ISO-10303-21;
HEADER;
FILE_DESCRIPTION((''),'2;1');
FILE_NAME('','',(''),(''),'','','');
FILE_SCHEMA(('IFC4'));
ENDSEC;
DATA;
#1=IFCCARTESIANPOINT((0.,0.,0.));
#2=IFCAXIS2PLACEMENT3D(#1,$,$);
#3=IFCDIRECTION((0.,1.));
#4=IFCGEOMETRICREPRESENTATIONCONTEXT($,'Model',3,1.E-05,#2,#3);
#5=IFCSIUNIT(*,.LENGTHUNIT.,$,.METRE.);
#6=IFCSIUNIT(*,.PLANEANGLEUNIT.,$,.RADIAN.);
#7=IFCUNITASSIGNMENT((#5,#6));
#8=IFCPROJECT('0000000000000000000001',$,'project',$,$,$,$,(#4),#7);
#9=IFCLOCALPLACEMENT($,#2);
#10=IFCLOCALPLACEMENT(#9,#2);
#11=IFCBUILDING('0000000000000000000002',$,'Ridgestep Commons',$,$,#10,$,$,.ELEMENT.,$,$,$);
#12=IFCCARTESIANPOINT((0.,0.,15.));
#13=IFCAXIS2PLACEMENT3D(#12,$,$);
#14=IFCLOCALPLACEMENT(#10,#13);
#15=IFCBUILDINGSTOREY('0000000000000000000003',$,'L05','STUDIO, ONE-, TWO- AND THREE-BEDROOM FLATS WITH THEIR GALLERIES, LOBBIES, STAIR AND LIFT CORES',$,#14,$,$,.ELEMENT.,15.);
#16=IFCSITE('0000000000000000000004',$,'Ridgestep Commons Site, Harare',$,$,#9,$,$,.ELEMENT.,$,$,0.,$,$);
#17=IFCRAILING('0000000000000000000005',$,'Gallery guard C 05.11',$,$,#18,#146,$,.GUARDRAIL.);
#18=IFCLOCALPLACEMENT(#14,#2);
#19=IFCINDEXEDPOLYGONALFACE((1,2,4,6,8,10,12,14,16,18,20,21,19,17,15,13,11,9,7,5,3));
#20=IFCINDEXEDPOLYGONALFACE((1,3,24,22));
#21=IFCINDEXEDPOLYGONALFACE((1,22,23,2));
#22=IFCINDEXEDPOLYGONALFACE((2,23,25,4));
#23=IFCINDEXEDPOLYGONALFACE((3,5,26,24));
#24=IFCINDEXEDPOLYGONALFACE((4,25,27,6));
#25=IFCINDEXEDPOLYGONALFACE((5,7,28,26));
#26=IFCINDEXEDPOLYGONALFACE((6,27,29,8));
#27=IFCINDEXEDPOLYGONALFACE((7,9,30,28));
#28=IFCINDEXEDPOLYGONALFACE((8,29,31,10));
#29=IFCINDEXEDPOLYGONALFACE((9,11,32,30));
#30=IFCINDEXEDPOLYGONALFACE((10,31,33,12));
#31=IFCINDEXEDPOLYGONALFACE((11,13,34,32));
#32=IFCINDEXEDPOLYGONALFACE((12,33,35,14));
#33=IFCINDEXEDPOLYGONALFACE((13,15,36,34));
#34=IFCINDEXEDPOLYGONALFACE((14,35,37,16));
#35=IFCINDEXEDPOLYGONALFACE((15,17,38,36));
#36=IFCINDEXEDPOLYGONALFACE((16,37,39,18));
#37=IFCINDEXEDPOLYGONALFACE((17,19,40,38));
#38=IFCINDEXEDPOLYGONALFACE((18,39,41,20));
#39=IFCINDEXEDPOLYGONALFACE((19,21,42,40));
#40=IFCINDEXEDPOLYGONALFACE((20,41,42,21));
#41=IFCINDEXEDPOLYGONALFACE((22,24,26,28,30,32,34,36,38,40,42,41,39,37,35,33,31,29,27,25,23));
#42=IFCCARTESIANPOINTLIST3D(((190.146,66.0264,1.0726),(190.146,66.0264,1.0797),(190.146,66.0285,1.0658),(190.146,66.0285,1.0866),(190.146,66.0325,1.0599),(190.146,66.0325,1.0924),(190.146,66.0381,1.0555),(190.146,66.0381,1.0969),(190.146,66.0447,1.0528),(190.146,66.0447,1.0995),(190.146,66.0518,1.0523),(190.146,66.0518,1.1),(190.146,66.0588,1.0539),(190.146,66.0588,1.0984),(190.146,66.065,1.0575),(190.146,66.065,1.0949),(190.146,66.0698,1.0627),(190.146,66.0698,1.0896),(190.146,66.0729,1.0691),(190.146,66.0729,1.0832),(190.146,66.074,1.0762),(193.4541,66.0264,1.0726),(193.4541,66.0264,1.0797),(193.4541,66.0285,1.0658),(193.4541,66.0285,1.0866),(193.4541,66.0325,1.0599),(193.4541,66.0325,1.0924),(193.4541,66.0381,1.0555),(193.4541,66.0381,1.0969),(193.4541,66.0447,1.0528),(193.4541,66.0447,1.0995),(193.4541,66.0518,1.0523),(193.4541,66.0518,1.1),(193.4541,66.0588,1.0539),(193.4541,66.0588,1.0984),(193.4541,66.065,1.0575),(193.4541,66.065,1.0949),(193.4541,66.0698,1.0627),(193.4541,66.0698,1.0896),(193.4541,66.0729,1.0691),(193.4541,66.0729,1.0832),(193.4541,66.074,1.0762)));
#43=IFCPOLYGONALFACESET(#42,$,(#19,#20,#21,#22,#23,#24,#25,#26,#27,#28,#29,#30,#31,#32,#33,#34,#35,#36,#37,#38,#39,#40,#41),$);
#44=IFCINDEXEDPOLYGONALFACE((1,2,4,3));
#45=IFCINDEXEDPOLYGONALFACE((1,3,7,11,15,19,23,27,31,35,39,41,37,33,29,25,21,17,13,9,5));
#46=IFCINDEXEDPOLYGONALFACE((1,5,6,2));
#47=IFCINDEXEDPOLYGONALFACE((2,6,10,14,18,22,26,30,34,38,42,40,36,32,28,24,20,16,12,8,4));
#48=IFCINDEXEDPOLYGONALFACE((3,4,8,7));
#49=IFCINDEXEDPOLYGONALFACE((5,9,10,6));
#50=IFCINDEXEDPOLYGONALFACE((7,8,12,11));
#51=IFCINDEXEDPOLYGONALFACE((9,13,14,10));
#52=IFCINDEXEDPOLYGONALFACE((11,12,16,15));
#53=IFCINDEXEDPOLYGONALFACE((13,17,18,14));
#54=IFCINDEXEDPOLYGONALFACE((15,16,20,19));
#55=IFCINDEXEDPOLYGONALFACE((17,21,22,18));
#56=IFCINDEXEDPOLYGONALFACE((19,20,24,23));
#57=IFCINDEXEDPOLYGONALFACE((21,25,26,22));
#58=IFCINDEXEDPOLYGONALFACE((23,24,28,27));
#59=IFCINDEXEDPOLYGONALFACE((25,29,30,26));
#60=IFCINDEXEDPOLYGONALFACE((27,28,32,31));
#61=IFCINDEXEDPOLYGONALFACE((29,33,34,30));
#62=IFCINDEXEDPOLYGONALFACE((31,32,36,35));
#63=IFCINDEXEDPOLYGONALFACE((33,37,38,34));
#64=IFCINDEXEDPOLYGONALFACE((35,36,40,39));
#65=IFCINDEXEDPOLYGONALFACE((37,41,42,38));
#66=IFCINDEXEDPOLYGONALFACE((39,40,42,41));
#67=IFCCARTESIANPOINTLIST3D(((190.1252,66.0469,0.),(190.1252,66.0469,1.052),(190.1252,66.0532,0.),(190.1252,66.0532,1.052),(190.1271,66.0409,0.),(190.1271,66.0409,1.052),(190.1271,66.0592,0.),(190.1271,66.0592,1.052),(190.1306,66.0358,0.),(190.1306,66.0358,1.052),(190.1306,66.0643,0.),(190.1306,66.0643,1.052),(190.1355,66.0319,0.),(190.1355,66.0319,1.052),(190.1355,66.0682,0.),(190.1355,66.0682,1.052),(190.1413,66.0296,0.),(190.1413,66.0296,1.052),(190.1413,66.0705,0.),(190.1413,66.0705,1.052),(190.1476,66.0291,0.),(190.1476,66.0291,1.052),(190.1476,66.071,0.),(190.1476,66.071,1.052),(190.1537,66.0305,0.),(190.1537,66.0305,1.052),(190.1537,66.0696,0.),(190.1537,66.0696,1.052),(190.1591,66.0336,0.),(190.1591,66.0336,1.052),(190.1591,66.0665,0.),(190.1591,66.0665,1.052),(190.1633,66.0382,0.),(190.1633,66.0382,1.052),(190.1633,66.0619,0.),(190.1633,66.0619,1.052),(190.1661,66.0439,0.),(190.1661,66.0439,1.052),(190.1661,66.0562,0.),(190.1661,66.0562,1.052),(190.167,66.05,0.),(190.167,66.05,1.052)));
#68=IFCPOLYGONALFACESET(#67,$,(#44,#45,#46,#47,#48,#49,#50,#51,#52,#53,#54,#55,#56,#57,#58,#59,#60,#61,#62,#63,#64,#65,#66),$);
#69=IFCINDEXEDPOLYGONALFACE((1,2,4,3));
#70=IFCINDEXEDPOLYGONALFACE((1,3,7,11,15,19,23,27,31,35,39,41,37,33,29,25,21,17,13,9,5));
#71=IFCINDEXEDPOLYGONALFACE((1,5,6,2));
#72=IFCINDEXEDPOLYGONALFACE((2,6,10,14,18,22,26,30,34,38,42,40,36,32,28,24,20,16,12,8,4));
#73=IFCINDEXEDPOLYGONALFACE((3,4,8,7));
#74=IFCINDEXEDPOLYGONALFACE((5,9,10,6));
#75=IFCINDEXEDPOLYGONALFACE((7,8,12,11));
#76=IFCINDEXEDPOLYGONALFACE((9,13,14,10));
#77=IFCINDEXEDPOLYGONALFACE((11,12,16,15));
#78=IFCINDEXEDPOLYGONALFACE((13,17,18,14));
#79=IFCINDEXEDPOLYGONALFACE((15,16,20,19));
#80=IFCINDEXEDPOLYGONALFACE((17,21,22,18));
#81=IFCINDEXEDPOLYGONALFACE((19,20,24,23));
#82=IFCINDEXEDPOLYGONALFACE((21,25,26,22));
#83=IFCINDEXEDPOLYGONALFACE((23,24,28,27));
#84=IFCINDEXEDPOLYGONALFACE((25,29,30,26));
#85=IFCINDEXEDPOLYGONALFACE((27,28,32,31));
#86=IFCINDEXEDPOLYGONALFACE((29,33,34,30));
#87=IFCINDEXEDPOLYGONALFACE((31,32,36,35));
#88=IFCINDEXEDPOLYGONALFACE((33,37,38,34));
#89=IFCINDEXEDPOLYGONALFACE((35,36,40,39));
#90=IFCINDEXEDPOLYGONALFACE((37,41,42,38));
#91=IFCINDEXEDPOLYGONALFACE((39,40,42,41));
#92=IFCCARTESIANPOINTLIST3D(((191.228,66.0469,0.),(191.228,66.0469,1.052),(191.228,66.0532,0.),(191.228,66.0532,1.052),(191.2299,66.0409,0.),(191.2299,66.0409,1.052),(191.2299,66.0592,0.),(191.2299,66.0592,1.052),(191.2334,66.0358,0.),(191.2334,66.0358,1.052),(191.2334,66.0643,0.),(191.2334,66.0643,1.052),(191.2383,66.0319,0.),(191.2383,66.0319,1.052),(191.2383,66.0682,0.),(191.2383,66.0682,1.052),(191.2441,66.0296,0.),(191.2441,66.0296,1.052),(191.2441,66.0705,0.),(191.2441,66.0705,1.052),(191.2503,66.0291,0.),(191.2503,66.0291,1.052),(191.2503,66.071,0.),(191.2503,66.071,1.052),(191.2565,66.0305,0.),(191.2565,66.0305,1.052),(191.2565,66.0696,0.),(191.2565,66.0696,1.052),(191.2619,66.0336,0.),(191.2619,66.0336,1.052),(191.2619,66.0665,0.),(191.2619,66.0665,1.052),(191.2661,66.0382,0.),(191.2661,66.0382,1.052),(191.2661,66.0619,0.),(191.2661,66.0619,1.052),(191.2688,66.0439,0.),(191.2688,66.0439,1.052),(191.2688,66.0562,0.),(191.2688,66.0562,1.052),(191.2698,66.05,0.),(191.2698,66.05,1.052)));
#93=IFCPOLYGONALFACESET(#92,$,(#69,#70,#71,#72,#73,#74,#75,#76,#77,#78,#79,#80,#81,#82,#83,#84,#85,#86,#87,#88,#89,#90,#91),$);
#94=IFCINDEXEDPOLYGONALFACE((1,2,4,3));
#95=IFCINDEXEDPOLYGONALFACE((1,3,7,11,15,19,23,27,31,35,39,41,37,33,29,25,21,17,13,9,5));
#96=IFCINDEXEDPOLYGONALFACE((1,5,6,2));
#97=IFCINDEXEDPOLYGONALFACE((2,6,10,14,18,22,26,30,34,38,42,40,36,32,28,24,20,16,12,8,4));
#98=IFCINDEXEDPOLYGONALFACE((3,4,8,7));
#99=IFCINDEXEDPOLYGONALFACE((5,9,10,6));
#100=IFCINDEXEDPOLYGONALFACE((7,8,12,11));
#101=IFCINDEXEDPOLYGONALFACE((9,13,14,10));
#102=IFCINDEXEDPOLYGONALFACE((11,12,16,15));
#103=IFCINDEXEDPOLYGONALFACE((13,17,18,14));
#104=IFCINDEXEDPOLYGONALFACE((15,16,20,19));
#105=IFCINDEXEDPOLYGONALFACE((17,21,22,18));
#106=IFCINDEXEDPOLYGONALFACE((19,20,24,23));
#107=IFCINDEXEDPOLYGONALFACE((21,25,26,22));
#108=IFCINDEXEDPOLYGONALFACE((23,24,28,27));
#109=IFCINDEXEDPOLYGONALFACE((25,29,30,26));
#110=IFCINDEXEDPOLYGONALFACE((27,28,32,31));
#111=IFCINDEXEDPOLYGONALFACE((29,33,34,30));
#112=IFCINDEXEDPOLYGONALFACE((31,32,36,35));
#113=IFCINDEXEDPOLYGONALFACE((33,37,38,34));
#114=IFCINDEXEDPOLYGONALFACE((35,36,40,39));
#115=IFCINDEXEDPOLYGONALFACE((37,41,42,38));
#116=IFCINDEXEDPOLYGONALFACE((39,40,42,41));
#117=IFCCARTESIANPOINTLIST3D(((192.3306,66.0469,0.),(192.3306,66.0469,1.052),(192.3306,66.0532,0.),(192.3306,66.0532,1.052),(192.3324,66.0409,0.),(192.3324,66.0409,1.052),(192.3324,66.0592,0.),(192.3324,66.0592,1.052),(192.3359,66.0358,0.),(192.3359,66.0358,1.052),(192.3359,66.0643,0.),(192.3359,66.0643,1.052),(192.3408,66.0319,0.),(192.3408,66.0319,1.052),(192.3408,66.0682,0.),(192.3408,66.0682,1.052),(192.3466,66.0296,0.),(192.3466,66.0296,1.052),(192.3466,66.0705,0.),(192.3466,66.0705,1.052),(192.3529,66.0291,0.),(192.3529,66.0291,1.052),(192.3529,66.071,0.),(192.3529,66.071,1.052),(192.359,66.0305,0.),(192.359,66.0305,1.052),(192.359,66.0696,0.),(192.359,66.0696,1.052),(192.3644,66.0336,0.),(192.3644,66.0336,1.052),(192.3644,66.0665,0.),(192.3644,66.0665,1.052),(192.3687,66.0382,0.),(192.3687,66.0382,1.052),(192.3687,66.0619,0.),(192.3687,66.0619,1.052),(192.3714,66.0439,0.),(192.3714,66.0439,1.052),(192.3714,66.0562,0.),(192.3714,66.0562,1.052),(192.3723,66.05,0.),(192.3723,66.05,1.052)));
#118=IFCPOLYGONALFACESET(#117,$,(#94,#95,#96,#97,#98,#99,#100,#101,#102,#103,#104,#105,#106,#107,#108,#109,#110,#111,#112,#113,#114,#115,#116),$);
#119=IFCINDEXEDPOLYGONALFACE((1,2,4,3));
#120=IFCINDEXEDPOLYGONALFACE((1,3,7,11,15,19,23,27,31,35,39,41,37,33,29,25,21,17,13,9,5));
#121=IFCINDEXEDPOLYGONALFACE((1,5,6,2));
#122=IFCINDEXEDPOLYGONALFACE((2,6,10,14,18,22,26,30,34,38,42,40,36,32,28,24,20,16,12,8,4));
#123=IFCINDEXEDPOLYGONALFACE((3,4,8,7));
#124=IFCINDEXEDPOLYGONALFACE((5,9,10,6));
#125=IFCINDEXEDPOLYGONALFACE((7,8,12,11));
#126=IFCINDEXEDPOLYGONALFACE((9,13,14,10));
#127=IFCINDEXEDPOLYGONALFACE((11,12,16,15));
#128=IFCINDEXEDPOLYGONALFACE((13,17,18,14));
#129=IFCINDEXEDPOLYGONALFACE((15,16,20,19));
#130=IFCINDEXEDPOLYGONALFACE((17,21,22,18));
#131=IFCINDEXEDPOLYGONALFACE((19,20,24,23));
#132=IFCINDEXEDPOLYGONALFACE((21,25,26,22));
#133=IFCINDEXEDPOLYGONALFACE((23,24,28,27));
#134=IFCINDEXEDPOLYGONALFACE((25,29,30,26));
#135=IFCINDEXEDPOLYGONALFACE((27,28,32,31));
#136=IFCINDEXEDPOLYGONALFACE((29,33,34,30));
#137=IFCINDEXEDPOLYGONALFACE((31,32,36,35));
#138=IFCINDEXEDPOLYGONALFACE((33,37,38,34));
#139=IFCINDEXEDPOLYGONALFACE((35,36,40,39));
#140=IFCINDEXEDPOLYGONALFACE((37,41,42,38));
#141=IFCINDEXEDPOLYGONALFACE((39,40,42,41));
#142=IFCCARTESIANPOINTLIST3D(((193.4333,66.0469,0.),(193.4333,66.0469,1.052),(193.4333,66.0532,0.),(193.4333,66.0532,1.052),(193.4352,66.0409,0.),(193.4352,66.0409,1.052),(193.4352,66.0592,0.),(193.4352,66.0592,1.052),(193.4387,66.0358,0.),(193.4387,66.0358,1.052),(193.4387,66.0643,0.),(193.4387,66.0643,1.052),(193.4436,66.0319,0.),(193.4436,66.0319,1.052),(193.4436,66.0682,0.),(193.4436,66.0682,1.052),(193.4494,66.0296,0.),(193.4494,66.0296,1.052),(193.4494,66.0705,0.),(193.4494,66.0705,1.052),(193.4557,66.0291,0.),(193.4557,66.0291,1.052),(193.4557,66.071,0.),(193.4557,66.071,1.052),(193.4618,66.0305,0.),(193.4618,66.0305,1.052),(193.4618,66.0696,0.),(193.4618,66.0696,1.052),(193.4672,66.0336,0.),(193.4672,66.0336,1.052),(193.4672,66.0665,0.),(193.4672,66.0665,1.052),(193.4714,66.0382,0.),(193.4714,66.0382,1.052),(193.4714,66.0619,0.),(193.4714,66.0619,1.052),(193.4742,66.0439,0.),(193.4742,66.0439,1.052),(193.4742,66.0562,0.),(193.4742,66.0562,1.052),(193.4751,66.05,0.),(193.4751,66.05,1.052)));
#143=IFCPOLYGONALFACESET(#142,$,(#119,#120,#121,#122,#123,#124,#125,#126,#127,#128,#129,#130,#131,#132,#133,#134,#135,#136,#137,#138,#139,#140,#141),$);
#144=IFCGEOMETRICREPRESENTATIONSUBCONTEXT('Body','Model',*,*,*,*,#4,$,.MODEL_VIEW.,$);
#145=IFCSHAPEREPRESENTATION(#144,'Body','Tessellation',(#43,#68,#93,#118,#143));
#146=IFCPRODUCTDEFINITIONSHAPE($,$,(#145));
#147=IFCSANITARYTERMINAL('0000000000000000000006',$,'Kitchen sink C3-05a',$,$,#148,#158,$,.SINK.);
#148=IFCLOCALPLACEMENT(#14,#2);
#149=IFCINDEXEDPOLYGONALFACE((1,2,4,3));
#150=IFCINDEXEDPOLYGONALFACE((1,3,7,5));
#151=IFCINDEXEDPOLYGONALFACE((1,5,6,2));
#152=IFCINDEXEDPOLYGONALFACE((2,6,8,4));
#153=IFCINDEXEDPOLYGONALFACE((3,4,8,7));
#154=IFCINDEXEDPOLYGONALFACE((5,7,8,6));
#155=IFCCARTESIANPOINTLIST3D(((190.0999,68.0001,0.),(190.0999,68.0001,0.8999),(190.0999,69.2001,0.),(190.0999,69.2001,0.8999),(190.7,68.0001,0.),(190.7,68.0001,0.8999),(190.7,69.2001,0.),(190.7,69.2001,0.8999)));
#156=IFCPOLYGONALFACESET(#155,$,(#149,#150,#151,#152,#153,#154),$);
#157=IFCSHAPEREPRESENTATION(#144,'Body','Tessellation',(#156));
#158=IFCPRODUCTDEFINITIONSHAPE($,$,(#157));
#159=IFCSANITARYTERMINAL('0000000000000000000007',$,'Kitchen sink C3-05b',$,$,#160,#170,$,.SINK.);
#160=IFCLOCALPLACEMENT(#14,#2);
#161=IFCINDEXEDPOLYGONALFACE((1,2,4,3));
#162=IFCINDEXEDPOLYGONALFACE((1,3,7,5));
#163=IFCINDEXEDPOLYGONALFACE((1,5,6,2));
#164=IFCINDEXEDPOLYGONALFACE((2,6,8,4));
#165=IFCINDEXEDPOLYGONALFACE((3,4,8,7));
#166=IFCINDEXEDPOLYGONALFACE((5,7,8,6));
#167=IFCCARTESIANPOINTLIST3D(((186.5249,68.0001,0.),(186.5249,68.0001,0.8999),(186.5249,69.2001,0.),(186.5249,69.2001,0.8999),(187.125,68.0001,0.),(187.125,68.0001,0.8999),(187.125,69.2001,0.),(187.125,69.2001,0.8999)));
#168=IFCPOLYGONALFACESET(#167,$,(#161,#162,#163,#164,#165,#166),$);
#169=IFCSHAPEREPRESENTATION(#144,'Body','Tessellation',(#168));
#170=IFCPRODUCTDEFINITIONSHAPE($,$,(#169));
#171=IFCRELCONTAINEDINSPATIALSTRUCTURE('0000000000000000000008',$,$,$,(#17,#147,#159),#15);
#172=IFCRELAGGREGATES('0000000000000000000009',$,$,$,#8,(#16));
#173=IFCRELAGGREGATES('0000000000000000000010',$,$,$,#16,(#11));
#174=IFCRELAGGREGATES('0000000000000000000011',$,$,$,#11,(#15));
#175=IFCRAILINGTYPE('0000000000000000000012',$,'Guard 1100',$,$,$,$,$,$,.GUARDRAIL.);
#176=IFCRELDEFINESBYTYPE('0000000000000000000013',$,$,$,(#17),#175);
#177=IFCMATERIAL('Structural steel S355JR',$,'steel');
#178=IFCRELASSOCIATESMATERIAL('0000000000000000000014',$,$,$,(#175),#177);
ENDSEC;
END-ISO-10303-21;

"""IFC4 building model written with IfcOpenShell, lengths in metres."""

from ifc_helpers import new_model, si_unit, direction, frame, origin, origin_2d, place, context, subcontext, project, spatial, rectangle, circle, extrude, material, type_object, element, save


model = new_model("IFC4")

# Units and contexts
model_context = context("Model", 3, precision=1e-05, world=origin(), true_north=direction((0.0, 1.0)))
body_context = subcontext(model_context, "Body", "Model", "MODEL_VIEW")
ifc_project = project(units=[si_unit("LENGTHUNIT", "METRE"), si_unit("PLANEANGLEUNIT", "RADIAN")], contexts=[model_context])

# Site, building, storey
site_placement = place(None, origin())
site = spatial("IfcSite", under=ifc_project, at=site_placement, Name="Ridgestep Commons Site, Harare", CompositionType="ELEMENT", RefElevation=0.0)
building_placement = place(site_placement, origin())
building = spatial("IfcBuilding", under=site, at=building_placement, Name="Ridgestep Commons", CompositionType="ELEMENT")
storey_placement = place(building_placement, frame((0.0, 0.0, 15.0)))
storey = spatial("IfcBuildingStorey", under=building, at=storey_placement, Name="L05", Description="STUDIO, ONE-, TWO- AND THREE-BEDROOM FLATS WITH THEIR GALLERIES, LOBBIES, STAIR AND LIFT CORES", CompositionType="ELEMENT", Elevation=15.0)

# Railing
ifc_material_1 = material(Name="Structural steel S355JR", Category="steel")
railing_type = type_object("IfcRailingType", Name="Guard 1100", PredefinedType="GUARDRAIL", material=ifc_material_1)
for number, where, name in (
    (1, (190.146, 66.05, 0.0), "Gallery guard C 05.11"),
):
    element("IfcRailing", number, at=place(storey_placement, frame(where)), inside=storey, type_object=railing_type, Name=name, PredefinedType="GUARDRAIL", context=body_context, shape_type="SweptSolid", body=[
        extrude(circle(Radius=0.0239, at=origin_2d()), frame((0.0, 0.0, 1.0762), z_axis=(1.0, 0.0, 0.0), x_axis=(0.0, 1.0, 0.0)), (0.0, 0.0, 1.0), 3.3081),
        extrude(circle(Radius=0.021, at=origin_2d()), origin(), (0.0, 0.0, 1.0), 1.052),
        extrude(circle(Radius=0.021, at=origin_2d()), frame((1.1028, 0.0, 0.0)), (0.0, 0.0, 1.0), 1.052),
        extrude(circle(Radius=0.021, at=origin_2d()), frame((2.2053, 0.0, 0.0)), (0.0, 0.0, 1.0), 1.052),
        extrude(circle(Radius=0.021, at=origin_2d()), frame((3.3081, 0.0, 0.0)), (0.0, 0.0, 1.0), 1.052),
    ])

# Sanitary terminals
for number, where, z_axis, x_axis, name in (
    (2, (190.3999, 68.6001, 0.0), (0.0, 0.0, 1.0), (1.0, 0.0, 0.0), "Kitchen sink C3-05a"),
    (3, (186.825, 68.6001, 0.0), (0.0, 0.0, 1.0), (1.0, 0.0, 0.0), "Kitchen sink C3-05b"),
):
    element("IfcSanitaryTerminal", number, at=place(storey_placement, frame(where, z_axis=z_axis, x_axis=x_axis)), inside=storey, Name=name, PredefinedType="SINK", context=body_context, shape_type="SweptSolid", body=[
        extrude(rectangle(XDim=0.6001, YDim=1.2, at=origin_2d()), origin(), (0.0, 0.0, 1.0), 0.8999),
    ])

save(model, "model.ifc")
